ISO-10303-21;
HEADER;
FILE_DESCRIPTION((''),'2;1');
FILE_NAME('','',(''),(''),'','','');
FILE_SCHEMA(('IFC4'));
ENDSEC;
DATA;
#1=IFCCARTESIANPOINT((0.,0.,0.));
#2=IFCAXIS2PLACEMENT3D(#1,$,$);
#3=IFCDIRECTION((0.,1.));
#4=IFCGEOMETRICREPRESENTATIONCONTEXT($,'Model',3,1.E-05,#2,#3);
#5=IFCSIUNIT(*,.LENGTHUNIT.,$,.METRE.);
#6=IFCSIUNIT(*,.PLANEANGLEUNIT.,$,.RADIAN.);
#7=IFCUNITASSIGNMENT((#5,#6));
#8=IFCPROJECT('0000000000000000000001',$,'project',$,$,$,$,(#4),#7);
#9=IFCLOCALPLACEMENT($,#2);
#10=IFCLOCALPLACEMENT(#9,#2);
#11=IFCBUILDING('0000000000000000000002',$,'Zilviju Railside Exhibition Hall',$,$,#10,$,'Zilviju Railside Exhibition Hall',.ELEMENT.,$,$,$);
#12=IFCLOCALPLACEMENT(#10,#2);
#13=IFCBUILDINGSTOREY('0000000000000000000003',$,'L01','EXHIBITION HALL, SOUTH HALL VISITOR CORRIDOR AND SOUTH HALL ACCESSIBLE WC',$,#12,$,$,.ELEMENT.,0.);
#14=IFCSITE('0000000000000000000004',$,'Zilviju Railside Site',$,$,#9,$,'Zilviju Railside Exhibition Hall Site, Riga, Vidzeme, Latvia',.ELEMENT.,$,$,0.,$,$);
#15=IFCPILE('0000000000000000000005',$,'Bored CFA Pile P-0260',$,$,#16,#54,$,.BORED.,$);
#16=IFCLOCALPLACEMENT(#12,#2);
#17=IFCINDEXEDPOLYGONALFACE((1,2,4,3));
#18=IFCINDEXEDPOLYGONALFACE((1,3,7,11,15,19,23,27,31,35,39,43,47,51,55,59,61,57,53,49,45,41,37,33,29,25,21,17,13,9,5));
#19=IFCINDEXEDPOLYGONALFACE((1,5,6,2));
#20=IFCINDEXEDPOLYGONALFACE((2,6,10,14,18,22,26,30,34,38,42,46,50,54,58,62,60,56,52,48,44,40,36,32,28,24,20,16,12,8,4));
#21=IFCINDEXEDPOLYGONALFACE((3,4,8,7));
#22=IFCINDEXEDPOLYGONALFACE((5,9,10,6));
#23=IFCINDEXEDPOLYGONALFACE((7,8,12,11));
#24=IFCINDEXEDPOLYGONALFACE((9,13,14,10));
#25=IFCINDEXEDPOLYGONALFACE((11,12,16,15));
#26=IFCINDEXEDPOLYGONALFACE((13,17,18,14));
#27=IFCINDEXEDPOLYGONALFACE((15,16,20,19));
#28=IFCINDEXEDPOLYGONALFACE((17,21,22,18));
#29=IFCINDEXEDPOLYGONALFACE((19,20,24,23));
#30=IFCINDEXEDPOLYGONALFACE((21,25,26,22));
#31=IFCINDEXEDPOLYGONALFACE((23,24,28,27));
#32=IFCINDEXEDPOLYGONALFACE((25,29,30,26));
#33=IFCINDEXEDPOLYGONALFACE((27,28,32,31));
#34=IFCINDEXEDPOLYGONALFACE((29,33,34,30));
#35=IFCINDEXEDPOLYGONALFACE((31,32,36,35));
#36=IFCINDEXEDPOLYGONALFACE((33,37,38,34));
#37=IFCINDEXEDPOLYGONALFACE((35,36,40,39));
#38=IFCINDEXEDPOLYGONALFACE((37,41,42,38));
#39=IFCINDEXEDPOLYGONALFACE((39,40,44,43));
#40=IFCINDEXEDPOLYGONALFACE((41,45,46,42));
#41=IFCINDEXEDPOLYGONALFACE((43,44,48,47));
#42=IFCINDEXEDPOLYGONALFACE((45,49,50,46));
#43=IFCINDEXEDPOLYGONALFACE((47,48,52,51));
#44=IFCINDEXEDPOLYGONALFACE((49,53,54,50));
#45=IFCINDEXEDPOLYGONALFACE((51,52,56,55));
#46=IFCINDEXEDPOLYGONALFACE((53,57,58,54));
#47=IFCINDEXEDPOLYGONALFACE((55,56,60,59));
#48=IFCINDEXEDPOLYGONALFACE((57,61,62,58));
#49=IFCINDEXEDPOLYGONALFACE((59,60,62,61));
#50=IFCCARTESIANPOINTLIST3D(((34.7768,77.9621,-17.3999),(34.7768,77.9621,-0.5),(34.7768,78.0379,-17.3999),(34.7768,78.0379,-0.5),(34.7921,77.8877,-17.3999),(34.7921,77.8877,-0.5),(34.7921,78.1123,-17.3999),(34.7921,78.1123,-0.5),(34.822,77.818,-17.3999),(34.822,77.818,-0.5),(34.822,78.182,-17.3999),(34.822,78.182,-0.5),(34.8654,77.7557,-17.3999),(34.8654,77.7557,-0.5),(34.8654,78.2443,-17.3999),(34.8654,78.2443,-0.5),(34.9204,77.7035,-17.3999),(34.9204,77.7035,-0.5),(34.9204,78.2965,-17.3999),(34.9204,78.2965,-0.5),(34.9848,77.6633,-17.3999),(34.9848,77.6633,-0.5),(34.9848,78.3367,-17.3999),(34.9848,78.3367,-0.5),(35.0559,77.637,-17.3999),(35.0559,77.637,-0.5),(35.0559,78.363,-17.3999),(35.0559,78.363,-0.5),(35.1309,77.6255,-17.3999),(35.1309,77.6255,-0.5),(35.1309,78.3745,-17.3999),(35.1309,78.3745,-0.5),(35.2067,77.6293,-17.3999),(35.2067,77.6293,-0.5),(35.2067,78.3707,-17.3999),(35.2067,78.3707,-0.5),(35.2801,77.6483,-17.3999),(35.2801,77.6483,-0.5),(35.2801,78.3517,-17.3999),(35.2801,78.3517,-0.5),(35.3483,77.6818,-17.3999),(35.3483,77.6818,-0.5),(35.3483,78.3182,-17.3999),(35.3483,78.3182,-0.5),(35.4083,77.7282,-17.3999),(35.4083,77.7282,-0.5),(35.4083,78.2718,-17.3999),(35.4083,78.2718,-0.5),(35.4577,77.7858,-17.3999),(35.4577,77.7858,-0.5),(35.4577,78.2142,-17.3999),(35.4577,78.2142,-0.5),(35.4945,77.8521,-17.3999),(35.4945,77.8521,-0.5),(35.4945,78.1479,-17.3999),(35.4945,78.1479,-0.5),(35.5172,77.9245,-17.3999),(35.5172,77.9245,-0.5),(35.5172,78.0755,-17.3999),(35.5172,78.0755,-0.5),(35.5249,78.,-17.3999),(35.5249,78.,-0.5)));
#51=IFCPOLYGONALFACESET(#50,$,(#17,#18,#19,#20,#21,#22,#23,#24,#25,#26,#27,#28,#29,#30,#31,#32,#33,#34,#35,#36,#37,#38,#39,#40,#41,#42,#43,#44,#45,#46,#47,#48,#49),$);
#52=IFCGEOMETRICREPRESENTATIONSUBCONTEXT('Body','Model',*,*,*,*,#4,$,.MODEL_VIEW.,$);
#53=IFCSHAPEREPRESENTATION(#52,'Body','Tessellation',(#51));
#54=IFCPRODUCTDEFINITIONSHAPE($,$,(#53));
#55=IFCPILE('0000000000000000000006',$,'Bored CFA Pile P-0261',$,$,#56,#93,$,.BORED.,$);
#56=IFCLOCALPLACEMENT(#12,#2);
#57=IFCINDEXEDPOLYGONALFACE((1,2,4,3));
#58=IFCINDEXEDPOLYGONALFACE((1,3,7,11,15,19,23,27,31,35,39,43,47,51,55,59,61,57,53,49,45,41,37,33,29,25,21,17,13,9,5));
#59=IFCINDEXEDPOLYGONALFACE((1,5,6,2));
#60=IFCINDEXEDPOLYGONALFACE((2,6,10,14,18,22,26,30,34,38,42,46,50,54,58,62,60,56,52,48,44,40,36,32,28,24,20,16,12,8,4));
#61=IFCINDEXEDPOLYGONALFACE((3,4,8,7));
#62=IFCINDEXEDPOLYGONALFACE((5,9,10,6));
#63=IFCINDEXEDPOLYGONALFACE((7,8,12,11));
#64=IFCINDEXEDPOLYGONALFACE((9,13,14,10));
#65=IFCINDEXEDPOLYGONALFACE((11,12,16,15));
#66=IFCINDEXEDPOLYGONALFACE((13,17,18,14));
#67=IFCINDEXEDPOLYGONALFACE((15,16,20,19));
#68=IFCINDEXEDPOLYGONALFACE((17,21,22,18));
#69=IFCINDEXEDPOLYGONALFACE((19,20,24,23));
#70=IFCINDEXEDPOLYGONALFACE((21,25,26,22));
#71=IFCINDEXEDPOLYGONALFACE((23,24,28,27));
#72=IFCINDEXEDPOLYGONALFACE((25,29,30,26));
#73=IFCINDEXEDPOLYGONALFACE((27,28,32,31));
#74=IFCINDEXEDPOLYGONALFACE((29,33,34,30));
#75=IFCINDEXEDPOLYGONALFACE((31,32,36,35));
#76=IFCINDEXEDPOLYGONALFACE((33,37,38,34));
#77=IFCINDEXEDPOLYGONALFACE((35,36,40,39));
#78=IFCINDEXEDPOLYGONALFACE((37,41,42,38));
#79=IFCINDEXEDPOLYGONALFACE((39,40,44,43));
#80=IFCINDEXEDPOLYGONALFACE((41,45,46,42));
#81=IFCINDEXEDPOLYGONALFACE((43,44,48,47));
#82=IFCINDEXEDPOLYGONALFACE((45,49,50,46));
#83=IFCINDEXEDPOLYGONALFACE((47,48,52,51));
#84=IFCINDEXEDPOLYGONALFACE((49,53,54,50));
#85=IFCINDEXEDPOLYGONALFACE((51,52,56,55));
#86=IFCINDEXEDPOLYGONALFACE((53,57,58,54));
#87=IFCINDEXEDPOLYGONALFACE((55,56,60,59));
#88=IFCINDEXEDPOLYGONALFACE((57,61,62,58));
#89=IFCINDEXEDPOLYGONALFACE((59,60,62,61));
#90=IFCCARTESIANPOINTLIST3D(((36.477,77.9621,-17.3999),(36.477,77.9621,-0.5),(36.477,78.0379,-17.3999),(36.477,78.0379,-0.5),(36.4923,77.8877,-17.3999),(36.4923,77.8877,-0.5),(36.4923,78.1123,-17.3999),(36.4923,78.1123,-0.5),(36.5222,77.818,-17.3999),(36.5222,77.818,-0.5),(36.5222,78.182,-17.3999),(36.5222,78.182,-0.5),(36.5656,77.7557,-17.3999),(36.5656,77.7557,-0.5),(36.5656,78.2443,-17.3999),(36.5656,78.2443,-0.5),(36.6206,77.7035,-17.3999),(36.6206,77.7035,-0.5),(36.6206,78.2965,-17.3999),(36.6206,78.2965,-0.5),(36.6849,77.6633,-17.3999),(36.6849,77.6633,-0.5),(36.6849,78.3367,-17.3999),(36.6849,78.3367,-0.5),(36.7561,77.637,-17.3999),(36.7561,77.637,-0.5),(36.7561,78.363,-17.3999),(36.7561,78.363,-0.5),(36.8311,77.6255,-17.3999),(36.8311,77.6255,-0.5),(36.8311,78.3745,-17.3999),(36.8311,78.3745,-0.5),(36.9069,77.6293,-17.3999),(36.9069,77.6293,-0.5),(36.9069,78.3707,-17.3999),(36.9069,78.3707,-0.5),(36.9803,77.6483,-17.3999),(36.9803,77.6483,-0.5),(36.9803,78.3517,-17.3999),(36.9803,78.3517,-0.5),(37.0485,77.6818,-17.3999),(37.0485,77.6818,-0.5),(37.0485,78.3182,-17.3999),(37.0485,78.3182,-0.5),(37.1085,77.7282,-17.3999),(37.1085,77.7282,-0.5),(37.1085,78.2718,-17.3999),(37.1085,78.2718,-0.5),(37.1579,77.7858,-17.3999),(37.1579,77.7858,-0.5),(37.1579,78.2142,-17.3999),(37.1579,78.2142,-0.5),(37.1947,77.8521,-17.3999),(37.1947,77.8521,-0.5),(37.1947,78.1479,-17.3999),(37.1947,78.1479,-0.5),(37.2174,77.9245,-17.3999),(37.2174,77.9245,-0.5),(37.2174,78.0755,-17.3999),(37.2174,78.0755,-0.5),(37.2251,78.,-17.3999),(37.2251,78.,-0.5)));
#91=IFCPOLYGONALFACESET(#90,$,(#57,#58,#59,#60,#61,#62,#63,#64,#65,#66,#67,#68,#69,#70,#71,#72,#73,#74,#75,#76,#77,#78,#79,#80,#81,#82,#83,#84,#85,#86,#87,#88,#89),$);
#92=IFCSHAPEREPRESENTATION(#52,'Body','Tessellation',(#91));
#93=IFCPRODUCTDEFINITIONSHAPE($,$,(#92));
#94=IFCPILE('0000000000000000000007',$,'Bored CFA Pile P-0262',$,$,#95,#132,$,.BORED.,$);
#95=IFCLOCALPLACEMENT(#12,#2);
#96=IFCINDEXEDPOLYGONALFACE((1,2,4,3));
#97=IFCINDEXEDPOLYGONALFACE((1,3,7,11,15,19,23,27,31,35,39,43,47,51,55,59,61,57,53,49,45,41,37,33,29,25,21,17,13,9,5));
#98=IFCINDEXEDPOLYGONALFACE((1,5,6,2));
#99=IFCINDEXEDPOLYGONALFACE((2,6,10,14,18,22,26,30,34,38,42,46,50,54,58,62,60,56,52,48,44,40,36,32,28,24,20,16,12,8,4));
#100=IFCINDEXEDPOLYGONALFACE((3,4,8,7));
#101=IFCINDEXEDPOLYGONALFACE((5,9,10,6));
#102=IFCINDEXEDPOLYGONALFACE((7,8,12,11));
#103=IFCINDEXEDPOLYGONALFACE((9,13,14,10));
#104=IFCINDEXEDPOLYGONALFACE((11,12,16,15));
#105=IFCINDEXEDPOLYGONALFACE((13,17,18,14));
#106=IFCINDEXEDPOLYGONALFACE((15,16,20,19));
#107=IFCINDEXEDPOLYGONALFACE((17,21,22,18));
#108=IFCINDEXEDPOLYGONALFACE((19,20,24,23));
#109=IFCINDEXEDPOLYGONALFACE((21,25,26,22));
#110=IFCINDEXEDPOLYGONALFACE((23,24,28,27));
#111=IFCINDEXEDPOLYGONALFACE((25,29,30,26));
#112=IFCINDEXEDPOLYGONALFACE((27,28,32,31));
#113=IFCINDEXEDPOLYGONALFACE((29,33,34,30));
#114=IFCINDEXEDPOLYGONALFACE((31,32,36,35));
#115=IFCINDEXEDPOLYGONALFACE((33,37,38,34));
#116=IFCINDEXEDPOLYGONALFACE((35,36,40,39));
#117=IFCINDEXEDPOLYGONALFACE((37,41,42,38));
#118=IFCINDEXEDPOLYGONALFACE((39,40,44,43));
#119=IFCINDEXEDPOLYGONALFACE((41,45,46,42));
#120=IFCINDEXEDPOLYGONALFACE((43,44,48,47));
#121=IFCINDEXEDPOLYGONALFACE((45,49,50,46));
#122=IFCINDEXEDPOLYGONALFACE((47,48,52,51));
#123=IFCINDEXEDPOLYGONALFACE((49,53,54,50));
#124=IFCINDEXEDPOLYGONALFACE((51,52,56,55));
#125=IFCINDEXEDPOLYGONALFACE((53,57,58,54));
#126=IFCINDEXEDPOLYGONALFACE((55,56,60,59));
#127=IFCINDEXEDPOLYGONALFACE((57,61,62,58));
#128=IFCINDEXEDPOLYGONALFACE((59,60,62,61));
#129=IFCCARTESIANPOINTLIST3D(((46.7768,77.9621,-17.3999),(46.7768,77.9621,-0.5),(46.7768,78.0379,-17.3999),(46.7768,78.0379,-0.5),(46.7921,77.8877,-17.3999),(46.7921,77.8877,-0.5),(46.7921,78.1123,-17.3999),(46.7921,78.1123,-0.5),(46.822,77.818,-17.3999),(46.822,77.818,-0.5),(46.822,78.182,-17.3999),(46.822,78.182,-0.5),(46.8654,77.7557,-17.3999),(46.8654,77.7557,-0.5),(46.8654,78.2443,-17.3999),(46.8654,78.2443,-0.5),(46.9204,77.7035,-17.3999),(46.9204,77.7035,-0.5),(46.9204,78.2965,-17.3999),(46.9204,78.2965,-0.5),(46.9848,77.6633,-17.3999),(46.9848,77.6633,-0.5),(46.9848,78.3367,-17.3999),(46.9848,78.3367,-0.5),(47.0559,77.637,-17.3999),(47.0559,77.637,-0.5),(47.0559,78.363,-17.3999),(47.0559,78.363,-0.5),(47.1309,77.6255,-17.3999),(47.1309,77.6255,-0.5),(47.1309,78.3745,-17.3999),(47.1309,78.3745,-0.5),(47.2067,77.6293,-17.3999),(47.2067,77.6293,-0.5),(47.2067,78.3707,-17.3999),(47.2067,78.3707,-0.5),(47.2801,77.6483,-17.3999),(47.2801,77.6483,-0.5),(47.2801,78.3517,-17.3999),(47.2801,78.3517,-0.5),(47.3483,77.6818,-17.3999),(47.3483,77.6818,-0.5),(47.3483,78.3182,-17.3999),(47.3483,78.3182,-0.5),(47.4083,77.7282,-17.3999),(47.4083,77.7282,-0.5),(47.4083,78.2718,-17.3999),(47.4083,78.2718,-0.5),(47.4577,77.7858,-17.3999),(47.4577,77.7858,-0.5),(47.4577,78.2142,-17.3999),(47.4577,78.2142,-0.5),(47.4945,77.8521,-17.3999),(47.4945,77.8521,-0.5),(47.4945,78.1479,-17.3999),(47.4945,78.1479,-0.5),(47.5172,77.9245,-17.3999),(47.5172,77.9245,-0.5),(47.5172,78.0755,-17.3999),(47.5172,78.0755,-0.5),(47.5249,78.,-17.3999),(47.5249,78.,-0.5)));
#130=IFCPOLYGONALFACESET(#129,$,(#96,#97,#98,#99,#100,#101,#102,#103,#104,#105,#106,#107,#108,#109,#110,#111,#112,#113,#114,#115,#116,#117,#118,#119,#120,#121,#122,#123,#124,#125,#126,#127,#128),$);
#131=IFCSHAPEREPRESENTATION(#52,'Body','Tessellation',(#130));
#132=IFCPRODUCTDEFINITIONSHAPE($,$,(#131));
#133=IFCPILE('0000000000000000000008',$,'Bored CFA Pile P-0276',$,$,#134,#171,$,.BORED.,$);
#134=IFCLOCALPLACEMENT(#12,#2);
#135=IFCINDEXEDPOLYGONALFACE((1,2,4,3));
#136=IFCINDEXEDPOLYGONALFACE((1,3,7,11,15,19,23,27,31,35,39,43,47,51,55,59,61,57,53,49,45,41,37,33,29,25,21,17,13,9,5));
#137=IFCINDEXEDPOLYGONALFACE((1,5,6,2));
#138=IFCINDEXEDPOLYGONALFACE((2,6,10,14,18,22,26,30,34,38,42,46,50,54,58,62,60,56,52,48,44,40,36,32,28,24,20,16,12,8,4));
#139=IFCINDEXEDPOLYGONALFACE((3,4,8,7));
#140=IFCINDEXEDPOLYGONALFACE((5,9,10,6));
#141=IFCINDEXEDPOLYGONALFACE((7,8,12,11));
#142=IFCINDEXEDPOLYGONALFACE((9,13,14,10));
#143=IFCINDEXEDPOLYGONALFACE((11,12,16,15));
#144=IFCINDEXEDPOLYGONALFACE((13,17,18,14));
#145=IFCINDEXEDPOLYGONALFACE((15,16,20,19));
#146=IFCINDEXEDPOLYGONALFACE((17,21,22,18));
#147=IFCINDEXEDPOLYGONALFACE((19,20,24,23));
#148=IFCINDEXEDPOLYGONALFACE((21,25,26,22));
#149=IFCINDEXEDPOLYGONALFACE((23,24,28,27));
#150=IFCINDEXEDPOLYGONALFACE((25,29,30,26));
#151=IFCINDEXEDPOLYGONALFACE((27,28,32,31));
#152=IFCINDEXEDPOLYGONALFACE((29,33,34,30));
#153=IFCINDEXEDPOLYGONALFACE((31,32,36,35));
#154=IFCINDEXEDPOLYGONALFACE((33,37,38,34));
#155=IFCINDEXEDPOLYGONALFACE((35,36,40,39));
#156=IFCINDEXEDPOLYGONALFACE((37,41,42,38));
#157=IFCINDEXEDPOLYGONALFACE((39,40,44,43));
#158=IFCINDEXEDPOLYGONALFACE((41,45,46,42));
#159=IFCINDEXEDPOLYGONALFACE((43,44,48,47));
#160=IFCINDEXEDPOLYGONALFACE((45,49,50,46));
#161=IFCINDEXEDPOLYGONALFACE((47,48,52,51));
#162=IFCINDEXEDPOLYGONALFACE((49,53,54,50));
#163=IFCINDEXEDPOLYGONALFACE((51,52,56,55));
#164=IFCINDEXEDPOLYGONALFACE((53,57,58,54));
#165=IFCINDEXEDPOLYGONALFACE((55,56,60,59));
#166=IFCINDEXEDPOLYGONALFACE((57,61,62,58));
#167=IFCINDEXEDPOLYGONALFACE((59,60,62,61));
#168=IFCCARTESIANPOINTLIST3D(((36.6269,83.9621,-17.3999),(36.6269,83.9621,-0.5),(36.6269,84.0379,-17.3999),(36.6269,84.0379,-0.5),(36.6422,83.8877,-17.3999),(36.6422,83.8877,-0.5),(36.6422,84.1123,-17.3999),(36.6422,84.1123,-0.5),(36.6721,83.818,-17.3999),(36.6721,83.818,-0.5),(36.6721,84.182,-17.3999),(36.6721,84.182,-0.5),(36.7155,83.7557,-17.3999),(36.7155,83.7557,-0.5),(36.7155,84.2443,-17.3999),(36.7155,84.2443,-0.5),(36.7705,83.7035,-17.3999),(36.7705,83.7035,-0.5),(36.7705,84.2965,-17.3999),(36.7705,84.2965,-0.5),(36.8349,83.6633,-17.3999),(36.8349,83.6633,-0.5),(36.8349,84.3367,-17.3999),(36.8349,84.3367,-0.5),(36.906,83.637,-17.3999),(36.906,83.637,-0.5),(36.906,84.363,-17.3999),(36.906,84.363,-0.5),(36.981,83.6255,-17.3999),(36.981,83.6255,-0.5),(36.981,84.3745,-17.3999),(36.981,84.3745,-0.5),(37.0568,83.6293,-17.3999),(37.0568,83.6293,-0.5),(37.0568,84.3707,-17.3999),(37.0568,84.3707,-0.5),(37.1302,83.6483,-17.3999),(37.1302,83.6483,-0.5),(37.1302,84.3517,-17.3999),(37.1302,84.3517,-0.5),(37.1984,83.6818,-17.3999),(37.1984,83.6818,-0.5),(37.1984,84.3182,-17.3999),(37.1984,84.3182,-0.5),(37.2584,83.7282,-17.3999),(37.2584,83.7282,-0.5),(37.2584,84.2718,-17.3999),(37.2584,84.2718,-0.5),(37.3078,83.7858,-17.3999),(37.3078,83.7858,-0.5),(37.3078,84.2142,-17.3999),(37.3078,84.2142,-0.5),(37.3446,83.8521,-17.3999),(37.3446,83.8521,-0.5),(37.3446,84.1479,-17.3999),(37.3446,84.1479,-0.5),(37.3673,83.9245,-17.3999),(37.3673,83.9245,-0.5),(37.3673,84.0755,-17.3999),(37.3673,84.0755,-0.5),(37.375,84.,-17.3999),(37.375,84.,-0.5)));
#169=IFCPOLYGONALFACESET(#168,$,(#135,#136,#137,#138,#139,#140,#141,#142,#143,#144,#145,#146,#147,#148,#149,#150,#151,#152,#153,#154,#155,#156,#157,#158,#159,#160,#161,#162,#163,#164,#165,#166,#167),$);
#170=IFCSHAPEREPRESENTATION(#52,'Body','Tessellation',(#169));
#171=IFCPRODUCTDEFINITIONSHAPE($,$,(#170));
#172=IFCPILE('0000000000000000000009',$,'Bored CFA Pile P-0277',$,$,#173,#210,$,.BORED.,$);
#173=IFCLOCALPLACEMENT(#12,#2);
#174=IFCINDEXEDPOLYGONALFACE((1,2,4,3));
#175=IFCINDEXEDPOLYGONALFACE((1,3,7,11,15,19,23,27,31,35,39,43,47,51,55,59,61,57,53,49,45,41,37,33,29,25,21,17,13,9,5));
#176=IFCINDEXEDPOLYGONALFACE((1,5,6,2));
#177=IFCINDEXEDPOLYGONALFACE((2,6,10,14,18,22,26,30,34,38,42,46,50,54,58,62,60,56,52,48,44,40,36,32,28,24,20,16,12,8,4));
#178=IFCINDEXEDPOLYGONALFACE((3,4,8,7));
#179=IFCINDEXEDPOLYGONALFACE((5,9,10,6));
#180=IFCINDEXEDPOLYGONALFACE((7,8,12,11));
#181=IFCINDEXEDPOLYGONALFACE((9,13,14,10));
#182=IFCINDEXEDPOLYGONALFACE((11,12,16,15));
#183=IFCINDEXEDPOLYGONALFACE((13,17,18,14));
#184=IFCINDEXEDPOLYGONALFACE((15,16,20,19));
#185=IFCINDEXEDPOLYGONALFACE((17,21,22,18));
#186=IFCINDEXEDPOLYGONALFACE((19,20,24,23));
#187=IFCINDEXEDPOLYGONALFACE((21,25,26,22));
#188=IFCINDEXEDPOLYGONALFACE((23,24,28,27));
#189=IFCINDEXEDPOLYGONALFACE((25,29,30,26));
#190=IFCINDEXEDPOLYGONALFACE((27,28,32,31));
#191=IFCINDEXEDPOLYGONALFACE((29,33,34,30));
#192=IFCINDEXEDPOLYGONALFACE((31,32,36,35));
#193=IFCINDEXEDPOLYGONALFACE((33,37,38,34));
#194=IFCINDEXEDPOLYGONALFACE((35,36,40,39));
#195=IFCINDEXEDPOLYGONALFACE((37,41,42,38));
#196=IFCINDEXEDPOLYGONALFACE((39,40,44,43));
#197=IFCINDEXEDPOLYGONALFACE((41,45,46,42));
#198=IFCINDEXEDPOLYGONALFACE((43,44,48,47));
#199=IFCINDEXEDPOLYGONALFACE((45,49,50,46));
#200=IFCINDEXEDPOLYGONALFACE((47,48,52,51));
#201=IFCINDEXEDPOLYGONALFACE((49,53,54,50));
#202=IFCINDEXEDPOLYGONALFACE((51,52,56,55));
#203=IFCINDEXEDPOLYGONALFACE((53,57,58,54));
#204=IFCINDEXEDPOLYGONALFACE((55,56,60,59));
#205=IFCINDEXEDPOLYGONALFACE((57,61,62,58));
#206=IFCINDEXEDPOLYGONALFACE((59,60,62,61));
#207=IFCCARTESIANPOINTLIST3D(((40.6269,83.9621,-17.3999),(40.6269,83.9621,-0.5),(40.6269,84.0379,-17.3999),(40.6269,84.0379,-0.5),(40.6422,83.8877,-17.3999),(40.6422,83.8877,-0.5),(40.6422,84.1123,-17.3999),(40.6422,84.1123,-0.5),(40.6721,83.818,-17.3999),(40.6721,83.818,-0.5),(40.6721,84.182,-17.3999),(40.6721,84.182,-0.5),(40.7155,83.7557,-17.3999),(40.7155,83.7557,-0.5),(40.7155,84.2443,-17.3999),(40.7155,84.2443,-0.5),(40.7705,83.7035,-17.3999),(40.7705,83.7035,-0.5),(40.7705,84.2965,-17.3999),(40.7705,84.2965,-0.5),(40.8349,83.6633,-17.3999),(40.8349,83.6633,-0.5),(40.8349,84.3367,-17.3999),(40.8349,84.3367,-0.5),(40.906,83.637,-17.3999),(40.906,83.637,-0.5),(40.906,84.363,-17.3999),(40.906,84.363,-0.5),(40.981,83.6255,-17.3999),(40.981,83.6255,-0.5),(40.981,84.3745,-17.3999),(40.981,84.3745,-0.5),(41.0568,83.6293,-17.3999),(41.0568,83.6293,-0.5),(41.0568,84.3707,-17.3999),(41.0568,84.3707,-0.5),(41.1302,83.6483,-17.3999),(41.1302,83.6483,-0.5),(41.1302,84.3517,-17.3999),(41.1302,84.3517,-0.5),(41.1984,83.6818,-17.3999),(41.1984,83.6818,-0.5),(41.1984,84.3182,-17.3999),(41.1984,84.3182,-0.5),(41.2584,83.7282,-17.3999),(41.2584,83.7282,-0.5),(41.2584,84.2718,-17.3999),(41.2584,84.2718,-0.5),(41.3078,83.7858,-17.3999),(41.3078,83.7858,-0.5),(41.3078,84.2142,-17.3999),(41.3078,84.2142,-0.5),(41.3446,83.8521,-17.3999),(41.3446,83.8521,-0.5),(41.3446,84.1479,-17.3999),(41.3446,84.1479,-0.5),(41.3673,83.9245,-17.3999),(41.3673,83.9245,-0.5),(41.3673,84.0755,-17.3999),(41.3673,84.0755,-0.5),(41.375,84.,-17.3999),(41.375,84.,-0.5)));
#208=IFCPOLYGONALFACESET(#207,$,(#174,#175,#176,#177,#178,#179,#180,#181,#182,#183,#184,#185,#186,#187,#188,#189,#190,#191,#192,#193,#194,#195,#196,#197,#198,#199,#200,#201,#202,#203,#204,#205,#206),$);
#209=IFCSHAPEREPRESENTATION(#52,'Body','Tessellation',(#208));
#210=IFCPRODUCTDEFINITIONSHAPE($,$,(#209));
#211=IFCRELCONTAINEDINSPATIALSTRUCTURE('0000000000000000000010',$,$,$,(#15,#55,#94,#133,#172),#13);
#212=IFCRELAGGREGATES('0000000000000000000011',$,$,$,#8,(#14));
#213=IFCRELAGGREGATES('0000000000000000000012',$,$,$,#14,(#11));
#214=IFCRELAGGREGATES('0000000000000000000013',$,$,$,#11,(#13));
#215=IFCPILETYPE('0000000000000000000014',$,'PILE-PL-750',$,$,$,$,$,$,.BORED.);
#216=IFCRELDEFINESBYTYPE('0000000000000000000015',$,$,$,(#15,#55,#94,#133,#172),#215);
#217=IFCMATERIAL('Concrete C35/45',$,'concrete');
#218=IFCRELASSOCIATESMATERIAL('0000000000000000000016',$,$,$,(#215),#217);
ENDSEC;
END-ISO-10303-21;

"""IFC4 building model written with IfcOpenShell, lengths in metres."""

from ifc_helpers import new_model, si_unit, direction, frame, origin, origin_2d, place, context, subcontext, project, spatial, circle, extrude, material, material_profile, profile_set, type_object, element, save


model = new_model("IFC4")

# Units and contexts
model_context = context("Model", 3, precision=1e-05, world=origin(), true_north=direction((0.0, 1.0)))
body_context = subcontext(model_context, "Body", "Model", "MODEL_VIEW")
ifc_project = project(units=[si_unit("LENGTHUNIT", "METRE"), si_unit("PLANEANGLEUNIT", "RADIAN")], contexts=[model_context])

# Site, building, storey
site_placement = place(None, origin())
site = spatial("IfcSite", under=ifc_project, at=site_placement, Name="Zilviju Railside Site", LongName="Zilviju Railside Exhibition Hall Site, Riga, Vidzeme, Latvia", CompositionType="ELEMENT", RefElevation=0.0)
building_placement = place(site_placement, origin())
building = spatial("IfcBuilding", under=site, at=building_placement, Name="Zilviju Railside Exhibition Hall", LongName="Zilviju Railside Exhibition Hall", CompositionType="ELEMENT")
storey_placement = place(building_placement, origin())
storey = spatial("IfcBuildingStorey", under=building, at=storey_placement, Name="L01", Description="EXHIBITION HALL, SOUTH HALL VISITOR CORRIDOR AND SOUTH HALL ACCESSIBLE WC", CompositionType="ELEMENT", Elevation=0.0)

# Shared definitions
ifc_material_1 = material(Name="Concrete C35/45", Category="concrete")

# Piles
ifc_material_profile_1 = material_profile(ifc_material_1, circle(Radius=0.375, at=origin_2d()), Name="CFA PILE D750")
ifc_profile_set_1 = profile_set([ifc_material_profile_1], Name="Concrete C35/45")
pile_type = type_object("IfcPileType", Name="PILE-PL-750", PredefinedType="BORED", material=ifc_profile_set_1)
for number, where, z_axis, x_axis, name in (
    (1, (35.1499, 78.0, -0.5), (0.0, 0.0, -1.0), (1.0, 0.0, 0.0), "Bored CFA Pile P-0260"),
    (2, (36.8501, 78.0, -0.5), (0.0, 0.0, -1.0), (1.0, 0.0, 0.0), "Bored CFA Pile P-0261"),
    (3, (47.1499, 78.0, -0.5), (0.0, 0.0, -1.0), (1.0, 0.0, 0.0), "Bored CFA Pile P-0262"),
    (4, (37.0, 84.0, -0.5), (0.0, 0.0, -1.0), (1.0, 0.0, 0.0), "Bored CFA Pile P-0276"),
    (5, (41.0, 84.0, -0.5), (0.0, 0.0, -1.0), (1.0, 0.0, 0.0), "Bored CFA Pile P-0277"),
):
    element("IfcPile", number, at=place(storey_placement, frame(where, z_axis=z_axis, x_axis=x_axis)), inside=storey, type_object=pile_type, Name=name, PredefinedType="BORED", context=body_context, shape_type="SweptSolid", body=[
        extrude(circle(Radius=0.375, at=origin_2d()), origin(), (0.0, 0.0, 1.0), 16.8999),
    ])

save(model, "model.ifc")
